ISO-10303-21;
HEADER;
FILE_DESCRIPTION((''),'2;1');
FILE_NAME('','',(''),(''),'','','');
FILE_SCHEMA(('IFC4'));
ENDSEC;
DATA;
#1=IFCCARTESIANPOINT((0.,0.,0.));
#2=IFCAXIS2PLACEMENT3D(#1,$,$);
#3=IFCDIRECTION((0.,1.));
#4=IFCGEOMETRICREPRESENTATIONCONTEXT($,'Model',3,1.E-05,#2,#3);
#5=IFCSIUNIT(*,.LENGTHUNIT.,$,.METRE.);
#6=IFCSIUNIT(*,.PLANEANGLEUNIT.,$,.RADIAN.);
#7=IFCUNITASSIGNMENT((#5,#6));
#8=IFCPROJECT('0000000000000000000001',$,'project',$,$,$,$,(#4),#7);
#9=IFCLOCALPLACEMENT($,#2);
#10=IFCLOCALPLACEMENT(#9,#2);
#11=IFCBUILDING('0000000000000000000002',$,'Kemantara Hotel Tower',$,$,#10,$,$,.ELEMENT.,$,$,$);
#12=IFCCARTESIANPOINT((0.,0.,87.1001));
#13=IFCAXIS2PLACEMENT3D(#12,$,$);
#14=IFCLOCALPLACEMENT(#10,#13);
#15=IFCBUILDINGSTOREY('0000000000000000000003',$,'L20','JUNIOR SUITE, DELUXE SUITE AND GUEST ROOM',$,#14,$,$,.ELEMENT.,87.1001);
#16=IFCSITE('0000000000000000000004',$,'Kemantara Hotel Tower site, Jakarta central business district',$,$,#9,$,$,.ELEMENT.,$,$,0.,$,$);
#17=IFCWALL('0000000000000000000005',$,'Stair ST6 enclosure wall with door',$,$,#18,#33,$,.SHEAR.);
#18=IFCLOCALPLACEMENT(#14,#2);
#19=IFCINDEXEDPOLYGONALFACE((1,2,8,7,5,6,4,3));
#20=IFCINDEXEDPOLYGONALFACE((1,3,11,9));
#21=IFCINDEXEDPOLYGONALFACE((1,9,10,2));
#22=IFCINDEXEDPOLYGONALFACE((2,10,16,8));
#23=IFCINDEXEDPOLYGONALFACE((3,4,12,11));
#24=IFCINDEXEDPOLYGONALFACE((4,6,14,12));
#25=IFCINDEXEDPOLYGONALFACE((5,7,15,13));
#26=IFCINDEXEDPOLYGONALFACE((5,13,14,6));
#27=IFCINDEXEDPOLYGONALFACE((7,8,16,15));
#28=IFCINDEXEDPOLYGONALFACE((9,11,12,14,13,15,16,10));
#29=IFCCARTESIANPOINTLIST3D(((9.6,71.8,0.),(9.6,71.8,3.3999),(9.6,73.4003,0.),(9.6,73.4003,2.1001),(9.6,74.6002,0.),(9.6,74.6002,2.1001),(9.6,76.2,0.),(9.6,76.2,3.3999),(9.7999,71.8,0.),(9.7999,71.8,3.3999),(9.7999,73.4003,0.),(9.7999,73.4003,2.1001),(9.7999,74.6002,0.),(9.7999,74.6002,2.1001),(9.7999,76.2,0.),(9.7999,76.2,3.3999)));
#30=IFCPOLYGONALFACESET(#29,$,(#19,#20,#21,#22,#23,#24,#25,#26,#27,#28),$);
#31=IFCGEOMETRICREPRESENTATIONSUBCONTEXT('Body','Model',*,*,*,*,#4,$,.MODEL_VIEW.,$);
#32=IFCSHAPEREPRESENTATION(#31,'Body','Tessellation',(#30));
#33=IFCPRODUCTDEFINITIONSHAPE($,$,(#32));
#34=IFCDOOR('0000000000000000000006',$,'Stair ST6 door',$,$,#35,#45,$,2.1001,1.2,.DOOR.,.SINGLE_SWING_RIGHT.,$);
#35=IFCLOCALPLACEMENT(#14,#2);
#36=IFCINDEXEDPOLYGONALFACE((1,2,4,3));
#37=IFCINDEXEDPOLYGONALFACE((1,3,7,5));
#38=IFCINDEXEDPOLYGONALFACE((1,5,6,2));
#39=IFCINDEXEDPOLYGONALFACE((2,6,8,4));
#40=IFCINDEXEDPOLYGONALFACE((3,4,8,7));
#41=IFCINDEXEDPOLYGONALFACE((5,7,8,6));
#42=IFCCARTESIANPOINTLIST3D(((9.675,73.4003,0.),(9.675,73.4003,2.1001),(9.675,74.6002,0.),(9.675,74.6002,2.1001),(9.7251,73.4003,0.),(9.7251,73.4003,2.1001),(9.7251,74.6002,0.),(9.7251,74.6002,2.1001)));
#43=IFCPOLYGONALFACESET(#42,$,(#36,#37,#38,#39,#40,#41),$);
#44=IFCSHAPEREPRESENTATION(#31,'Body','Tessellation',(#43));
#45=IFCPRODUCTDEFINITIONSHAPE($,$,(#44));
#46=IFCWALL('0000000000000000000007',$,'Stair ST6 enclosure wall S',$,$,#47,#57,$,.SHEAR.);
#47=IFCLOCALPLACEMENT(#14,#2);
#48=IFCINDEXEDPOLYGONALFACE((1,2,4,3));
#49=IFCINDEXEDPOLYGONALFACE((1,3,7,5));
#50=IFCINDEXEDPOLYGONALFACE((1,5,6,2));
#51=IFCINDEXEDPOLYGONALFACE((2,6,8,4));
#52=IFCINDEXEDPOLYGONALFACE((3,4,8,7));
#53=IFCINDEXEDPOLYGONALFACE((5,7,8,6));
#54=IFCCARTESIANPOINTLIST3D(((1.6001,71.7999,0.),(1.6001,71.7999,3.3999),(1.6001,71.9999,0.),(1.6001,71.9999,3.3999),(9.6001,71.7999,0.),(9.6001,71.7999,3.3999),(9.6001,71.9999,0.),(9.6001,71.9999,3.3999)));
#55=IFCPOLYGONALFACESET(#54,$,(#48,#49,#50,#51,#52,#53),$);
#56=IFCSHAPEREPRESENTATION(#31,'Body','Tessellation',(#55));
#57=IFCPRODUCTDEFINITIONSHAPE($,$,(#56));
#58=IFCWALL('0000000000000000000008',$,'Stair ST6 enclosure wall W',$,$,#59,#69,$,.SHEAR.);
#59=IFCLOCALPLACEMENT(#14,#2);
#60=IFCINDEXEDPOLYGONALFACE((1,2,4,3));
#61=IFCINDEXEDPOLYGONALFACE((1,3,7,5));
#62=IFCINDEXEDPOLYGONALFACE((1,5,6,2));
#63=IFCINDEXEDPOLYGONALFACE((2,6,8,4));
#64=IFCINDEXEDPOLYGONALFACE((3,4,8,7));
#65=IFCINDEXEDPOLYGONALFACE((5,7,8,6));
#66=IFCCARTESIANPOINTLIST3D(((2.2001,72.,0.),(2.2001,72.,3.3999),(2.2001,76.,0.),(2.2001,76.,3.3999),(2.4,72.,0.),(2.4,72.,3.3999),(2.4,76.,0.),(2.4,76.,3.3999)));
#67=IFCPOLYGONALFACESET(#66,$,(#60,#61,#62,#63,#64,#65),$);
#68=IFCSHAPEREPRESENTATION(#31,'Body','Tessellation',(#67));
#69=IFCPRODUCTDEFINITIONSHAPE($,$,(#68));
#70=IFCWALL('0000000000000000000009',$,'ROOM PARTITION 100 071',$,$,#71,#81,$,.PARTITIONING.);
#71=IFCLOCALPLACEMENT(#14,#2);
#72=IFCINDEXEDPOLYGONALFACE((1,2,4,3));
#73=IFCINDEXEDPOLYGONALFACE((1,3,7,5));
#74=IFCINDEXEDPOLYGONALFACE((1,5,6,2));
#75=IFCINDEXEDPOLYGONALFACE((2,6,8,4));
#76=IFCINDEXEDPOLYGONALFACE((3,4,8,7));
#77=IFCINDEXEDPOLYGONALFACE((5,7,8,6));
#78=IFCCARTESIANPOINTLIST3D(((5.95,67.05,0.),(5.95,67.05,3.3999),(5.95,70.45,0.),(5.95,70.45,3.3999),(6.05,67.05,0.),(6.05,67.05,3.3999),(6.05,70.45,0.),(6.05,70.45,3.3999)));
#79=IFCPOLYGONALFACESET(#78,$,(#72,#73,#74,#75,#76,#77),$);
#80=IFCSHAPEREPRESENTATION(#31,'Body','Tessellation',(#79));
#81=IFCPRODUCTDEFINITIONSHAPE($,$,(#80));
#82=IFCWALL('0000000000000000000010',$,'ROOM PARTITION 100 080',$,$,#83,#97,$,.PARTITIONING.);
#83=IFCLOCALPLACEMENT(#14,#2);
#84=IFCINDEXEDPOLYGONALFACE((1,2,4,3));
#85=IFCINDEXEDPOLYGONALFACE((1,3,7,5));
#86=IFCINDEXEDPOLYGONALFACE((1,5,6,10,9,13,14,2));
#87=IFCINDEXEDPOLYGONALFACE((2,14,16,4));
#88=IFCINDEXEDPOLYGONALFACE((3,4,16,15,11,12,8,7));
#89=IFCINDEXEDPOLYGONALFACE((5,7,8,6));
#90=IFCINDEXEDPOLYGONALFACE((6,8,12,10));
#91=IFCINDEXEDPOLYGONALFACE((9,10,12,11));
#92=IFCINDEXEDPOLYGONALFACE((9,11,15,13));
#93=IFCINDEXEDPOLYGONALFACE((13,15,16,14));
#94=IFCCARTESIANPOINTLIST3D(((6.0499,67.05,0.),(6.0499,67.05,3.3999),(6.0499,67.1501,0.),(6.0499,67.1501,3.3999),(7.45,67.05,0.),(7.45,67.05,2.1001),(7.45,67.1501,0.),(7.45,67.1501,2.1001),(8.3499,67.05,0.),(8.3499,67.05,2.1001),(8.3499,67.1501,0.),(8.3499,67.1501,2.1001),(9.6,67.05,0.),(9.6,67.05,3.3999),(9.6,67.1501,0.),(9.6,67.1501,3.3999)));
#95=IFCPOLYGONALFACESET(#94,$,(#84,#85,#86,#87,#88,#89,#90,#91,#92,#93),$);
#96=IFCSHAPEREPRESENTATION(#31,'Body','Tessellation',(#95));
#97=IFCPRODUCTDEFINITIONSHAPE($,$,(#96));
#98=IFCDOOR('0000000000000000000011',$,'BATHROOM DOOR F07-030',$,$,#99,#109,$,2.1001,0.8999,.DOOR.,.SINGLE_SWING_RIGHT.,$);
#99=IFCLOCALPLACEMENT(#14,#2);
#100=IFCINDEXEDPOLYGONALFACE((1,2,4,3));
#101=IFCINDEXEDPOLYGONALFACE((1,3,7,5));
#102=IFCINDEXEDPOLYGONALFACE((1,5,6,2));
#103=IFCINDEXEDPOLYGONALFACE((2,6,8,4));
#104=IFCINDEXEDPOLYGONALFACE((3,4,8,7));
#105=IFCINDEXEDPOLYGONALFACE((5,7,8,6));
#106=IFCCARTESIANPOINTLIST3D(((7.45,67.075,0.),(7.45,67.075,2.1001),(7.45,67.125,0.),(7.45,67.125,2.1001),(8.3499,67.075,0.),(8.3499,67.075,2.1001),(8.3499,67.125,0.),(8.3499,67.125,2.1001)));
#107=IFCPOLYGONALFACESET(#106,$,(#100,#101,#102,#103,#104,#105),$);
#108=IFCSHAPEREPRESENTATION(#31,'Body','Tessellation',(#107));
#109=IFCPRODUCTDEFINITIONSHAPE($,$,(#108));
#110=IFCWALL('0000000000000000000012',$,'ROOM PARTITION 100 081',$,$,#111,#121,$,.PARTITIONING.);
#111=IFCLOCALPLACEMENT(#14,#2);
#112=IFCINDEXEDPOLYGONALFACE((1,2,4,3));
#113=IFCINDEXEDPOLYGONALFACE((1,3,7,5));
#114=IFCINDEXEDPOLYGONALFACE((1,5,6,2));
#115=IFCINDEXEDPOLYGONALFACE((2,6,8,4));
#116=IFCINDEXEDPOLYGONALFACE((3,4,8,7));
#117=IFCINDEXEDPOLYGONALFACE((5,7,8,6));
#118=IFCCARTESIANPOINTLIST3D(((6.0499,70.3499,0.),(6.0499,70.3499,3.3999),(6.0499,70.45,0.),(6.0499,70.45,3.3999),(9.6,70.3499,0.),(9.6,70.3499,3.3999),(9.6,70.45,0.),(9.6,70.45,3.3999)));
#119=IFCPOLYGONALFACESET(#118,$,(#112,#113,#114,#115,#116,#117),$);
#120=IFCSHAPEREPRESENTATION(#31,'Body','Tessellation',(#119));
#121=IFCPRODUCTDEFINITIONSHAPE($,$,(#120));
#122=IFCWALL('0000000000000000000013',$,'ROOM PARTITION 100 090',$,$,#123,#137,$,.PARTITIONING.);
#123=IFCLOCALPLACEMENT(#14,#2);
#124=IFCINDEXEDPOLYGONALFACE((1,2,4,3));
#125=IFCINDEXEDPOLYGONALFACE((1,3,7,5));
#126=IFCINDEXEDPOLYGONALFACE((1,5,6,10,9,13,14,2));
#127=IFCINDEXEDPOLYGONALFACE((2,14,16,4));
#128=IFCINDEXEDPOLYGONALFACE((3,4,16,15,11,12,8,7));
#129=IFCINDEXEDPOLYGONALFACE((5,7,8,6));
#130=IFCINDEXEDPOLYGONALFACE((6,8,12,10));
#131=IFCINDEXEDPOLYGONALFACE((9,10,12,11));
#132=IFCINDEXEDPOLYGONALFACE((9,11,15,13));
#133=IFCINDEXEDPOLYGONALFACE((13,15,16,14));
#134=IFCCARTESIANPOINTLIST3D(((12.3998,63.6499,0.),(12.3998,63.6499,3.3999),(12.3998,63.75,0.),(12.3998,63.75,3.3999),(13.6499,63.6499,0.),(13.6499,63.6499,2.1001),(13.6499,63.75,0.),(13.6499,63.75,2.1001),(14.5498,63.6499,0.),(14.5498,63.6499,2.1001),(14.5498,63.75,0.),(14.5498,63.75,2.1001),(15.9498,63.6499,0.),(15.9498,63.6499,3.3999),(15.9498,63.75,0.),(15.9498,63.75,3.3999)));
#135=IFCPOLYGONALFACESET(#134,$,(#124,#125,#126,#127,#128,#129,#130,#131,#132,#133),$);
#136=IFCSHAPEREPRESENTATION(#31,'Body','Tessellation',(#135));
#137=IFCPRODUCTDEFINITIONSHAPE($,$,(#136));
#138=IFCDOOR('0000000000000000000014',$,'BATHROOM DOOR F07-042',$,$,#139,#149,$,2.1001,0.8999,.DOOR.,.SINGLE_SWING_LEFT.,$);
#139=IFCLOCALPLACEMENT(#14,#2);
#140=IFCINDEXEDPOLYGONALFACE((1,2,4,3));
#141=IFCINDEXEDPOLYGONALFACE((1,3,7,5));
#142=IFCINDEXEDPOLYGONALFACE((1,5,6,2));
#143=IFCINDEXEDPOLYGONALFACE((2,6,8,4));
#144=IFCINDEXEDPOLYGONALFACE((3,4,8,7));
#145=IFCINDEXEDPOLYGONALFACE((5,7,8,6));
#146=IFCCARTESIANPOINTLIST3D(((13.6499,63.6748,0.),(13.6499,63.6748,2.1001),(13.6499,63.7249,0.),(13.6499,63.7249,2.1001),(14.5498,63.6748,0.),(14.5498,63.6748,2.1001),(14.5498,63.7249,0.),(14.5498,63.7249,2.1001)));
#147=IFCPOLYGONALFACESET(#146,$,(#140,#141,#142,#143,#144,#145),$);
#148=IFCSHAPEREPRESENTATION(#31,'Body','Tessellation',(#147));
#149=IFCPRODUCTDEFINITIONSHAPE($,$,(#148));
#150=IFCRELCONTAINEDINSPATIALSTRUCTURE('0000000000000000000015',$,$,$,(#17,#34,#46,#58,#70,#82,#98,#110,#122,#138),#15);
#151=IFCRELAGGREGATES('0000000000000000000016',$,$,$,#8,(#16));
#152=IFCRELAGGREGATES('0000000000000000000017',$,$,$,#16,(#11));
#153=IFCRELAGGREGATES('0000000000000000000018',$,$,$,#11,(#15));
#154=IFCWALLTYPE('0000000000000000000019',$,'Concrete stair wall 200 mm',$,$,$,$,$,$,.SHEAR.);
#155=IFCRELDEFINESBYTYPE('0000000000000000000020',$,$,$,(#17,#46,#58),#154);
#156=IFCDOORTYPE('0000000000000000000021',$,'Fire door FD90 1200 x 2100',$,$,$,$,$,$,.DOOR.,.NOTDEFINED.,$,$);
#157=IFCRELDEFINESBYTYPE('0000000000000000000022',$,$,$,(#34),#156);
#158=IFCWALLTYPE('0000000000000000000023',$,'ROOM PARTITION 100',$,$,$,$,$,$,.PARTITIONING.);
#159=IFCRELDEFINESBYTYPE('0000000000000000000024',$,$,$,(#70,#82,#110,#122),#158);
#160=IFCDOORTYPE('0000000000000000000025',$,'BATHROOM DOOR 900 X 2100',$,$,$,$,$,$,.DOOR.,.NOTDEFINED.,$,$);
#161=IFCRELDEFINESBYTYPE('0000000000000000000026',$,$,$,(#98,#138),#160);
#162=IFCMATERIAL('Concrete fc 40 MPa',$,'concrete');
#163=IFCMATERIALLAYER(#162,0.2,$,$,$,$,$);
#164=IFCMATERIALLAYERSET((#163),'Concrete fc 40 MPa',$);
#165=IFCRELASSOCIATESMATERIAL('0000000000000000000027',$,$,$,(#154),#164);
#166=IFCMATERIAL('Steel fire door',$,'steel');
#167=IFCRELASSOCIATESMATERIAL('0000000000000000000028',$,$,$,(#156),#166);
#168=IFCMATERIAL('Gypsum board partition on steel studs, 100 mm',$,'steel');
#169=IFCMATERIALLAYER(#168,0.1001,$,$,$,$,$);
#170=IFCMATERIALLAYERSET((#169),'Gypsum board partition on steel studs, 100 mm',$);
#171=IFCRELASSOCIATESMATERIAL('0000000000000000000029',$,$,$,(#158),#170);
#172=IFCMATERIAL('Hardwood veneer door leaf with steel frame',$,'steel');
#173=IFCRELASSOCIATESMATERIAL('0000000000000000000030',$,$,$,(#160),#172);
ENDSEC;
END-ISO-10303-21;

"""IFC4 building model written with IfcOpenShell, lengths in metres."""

from ifc_helpers import new_model, si_unit, direction, frame, frame_2d, origin, place, context, subcontext, project, spatial, rectangle, extrude, material, layer, layer_set, type_object, element, fill, save


model = new_model("IFC4")

# Units and contexts
model_context = context("Model", 3, precision=1e-05, world=origin(), true_north=direction((0.0, 1.0)))
body_context = subcontext(model_context, "Body", "Model", "MODEL_VIEW")
ifc_project = project(units=[si_unit("LENGTHUNIT", "METRE"), si_unit("PLANEANGLEUNIT", "RADIAN")], contexts=[model_context])

# Site, building, storey
site_placement = place(None, origin())
site = spatial("IfcSite", under=ifc_project, at=site_placement, Name="Kemantara Hotel Tower site, Jakarta central business district", CompositionType="ELEMENT", RefElevation=0.0)
building_placement = place(site_placement, origin())
building = spatial("IfcBuilding", under=site, at=building_placement, Name="Kemantara Hotel Tower", CompositionType="ELEMENT")
storey_placement = place(building_placement, frame((0.0, 0.0, 87.1001)))
storey = spatial("IfcBuildingStorey", under=building, at=storey_placement, Name="L20", Description="JUNIOR SUITE, DELUXE SUITE AND GUEST ROOM", CompositionType="ELEMENT", Elevation=87.1001)

# Shared definitions
ifc_material_1 = material(Name="Hardwood veneer door leaf with steel frame", Category="steel")

# Shared definitions
ifc_material_2 = material(Name="Concrete fc 40 MPa", Category="concrete")
ifc_layer_1 = layer(ifc_material_2, 0.2)
ifc_layer_set_1 = layer_set([ifc_layer_1], Name="Concrete fc 40 MPa")
wall_type_1 = type_object("IfcWallType", Name="Concrete stair wall 200 mm", PredefinedType="SHEAR", material=ifc_layer_set_1)

# Wall, opening, door
wall_1_placement = place(storey_placement, frame((9.7, 71.8, 0.0), z_axis=(0.0, 0.0, 1.0), x_axis=(0.0, 1.0, 0.0)))
wall_1 = element("IfcWall", 1, at=wall_1_placement, inside=storey, type_object=wall_type_1, Name="Stair ST6 enclosure wall with door", PredefinedType="SHEAR", context=body_context, shape_type="SweptSolid", body=[
    extrude(rectangle(XDim=4.3999, YDim=0.2, at=frame_2d((2.2, 0.0))), origin(), (0.0, 0.0, 1.0), 3.3999),
])
opening_1_placement = place(wall_1_placement, frame((1.6001, 0.0, 0.0)))
opening_1 = element("IfcOpeningElement", 2, at=opening_1_placement, cuts=wall_1, PredefinedType="OPENING", context=body_context, shape_type="SweptSolid", body=[
    extrude(rectangle(XDim=1.2, YDim=2.1001, at=frame_2d((0.6001, 1.05))), frame((0.0, 0.1099, 0.0), z_axis=(0.0, -1.0, 0.0), x_axis=(1.0, 0.0, 0.0)), (0.0, 0.0, 1.0), 0.22),
])
ifc_material_3 = material(Name="Steel fire door", Category="steel")
door_type_1 = type_object("IfcDoorType", Name="Fire door FD90 1200 x 2100", OperationType="NOTDEFINED", PredefinedType="DOOR", material=ifc_material_3)
door_1_placement = place(opening_1_placement, origin())
door_1 = element("IfcDoor", 3, at=door_1_placement, inside=storey, type_object=door_type_1, Name="Stair ST6 door", OperationType="SINGLE_SWING_RIGHT", OverallHeight=2.1001, OverallWidth=1.2, PredefinedType="DOOR", context=body_context, shape_type="SweptSolid", body=[
    extrude(rectangle(XDim=1.2, YDim=2.1001, at=frame_2d((0.6001, 1.05))), frame((0.0, 0.0249, 0.0), z_axis=(0.0, -1.0, 0.0), x_axis=(1.0, 0.0, 0.0)), (0.0, 0.0, 1.0), 0.05),
])
fill(opening_1, door_1)

# Walls
wall_2_placement = place(storey_placement, frame((1.6001, 71.8999, 0.0), z_axis=(0.0, 0.0, 1.0), x_axis=(1.0, 0.0, 0.0)))
element("IfcWall", 4, at=wall_2_placement, inside=storey, type_object=wall_type_1, Name="Stair ST6 enclosure wall S", PredefinedType="SHEAR", context=body_context, shape_type="SweptSolid", body=[
    extrude(rectangle(XDim=8.0, YDim=0.2, at=frame_2d((4.0, 0.0))), origin(), (0.0, 0.0, 1.0), 3.3999),
])
wall_3_placement = place(storey_placement, frame((2.3, 72.0, 0.0), z_axis=(0.0, 0.0, 1.0), x_axis=(0.0, 1.0, 0.0)))
element("IfcWall", 5, at=wall_3_placement, inside=storey, type_object=wall_type_1, Name="Stair ST6 enclosure wall W", PredefinedType="SHEAR", context=body_context, shape_type="SweptSolid", body=[
    extrude(rectangle(XDim=4.0, YDim=0.2, at=frame_2d((2.0, 0.0))), origin(), (0.0, 0.0, 1.0), 3.3999),
])
ifc_material_4 = material(Name="Gypsum board partition on steel studs, 100 mm", Category="steel")
ifc_layer_2 = layer(ifc_material_4, 0.1001)
ifc_layer_set_2 = layer_set([ifc_layer_2], Name="Gypsum board partition on steel studs, 100 mm")
wall_type_2 = type_object("IfcWallType", Name="ROOM PARTITION 100", PredefinedType="PARTITIONING", material=ifc_layer_set_2)
wall_4_placement = place(storey_placement, frame((6.0, 67.05, 0.0), z_axis=(0.0, 0.0, 1.0), x_axis=(0.0, 1.0, 0.0)))
element("IfcWall", 6, at=wall_4_placement, inside=storey, type_object=wall_type_2, Name="ROOM PARTITION 100 071", PredefinedType="PARTITIONING", context=body_context, shape_type="SweptSolid", body=[
    extrude(rectangle(XDim=3.3999, YDim=0.1001, at=frame_2d((1.7, 0.0))), origin(), (0.0, 0.0, 1.0), 3.3999),
])

# Wall, opening, door
wall_5_placement = place(storey_placement, frame((6.05, 67.1001, 0.0), z_axis=(0.0, 0.0, 1.0), x_axis=(1.0, 0.0, 0.0)))
wall_5 = element("IfcWall", 7, at=wall_5_placement, inside=storey, type_object=wall_type_2, Name="ROOM PARTITION 100 080", PredefinedType="PARTITIONING", context=body_context, shape_type="SweptSolid", body=[
    extrude(rectangle(XDim=3.55, YDim=0.1001, at=frame_2d((1.7749, 0.0))), origin(), (0.0, 0.0, 1.0), 3.3999),
])
opening_2_placement = place(wall_5_placement, frame((1.3999, 0.0, 0.0)))
opening_2 = element("IfcOpeningElement", 8, at=opening_2_placement, cuts=wall_5, PredefinedType="OPENING", context=body_context, shape_type="SweptSolid", body=[
    extrude(rectangle(XDim=0.8999, YDim=2.1001, at=frame_2d((0.45, 1.05))), frame((0.0, 0.0601, 0.0), z_axis=(0.0, -1.0, 0.0), x_axis=(1.0, 0.0, 0.0)), (0.0, 0.0, 1.0), 0.1201),
])
door_type_2 = type_object("IfcDoorType", Name="BATHROOM DOOR 900 X 2100", OperationType="NOTDEFINED", PredefinedType="DOOR", material=ifc_material_1)
door_2_placement = place(opening_2_placement, origin())
door_2 = element("IfcDoor", 9, at=door_2_placement, inside=storey, type_object=door_type_2, Name="BATHROOM DOOR F07-030", OperationType="SINGLE_SWING_RIGHT", OverallHeight=2.1001, OverallWidth=0.8999, PredefinedType="DOOR", context=body_context, shape_type="SweptSolid", body=[
    extrude(rectangle(XDim=0.8999, YDim=2.1001, at=frame_2d((0.45, 1.05))), frame((0.0, 0.0249, 0.0), z_axis=(0.0, -1.0, 0.0), x_axis=(1.0, 0.0, 0.0)), (0.0, 0.0, 1.0), 0.05),
])
fill(opening_2, door_2)

# Wall
wall_6_placement = place(storey_placement, frame((6.05, 70.3999, 0.0), z_axis=(0.0, 0.0, 1.0), x_axis=(1.0, 0.0, 0.0)))
element("IfcWall", 10, at=wall_6_placement, inside=storey, type_object=wall_type_2, Name="ROOM PARTITION 100 081", PredefinedType="PARTITIONING", context=body_context, shape_type="SweptSolid", body=[
    extrude(rectangle(XDim=3.55, YDim=0.1001, at=frame_2d((1.7749, 0.0))), origin(), (0.0, 0.0, 1.0), 3.3999),
])

# Wall, opening, door
wall_7_placement = place(storey_placement, frame((12.3999, 63.7, 0.0), z_axis=(0.0, 0.0, 1.0), x_axis=(1.0, 0.0, 0.0)))
wall_7 = element("IfcWall", 11, at=wall_7_placement, inside=storey, type_object=wall_type_2, Name="ROOM PARTITION 100 090", PredefinedType="PARTITIONING", context=body_context, shape_type="SweptSolid", body=[
    extrude(rectangle(XDim=3.55, YDim=0.1001, at=frame_2d((1.7749, 0.0))), origin(), (0.0, 0.0, 1.0), 3.3999),
])
opening_3_placement = place(wall_7_placement, frame((1.25, 0.0, 0.0)))
opening_3 = element("IfcOpeningElement", 12, at=opening_3_placement, cuts=wall_7, PredefinedType="OPENING", context=body_context, shape_type="SweptSolid", body=[
    extrude(rectangle(XDim=0.8999, YDim=2.1001, at=frame_2d((0.45, 1.05))), frame((0.0, 0.0601, 0.0), z_axis=(0.0, -1.0, 0.0), x_axis=(1.0, 0.0, 0.0)), (0.0, 0.0, 1.0), 0.1201),
])
door_3_placement = place(opening_3_placement, origin())
door_3 = element("IfcDoor", 13, at=door_3_placement, inside=storey, type_object=door_type_2, Name="BATHROOM DOOR F07-042", OperationType="SINGLE_SWING_LEFT", OverallHeight=2.1001, OverallWidth=0.8999, PredefinedType="DOOR", context=body_context, shape_type="SweptSolid", body=[
    extrude(rectangle(XDim=0.8999, YDim=2.1001, at=frame_2d((0.45, 1.05))), frame((0.0, 0.0249, 0.0), z_axis=(0.0, -1.0, 0.0), x_axis=(1.0, 0.0, 0.0)), (0.0, 0.0, 1.0), 0.05),
])
fill(opening_3, door_3)

save(model, "model.ifc")
